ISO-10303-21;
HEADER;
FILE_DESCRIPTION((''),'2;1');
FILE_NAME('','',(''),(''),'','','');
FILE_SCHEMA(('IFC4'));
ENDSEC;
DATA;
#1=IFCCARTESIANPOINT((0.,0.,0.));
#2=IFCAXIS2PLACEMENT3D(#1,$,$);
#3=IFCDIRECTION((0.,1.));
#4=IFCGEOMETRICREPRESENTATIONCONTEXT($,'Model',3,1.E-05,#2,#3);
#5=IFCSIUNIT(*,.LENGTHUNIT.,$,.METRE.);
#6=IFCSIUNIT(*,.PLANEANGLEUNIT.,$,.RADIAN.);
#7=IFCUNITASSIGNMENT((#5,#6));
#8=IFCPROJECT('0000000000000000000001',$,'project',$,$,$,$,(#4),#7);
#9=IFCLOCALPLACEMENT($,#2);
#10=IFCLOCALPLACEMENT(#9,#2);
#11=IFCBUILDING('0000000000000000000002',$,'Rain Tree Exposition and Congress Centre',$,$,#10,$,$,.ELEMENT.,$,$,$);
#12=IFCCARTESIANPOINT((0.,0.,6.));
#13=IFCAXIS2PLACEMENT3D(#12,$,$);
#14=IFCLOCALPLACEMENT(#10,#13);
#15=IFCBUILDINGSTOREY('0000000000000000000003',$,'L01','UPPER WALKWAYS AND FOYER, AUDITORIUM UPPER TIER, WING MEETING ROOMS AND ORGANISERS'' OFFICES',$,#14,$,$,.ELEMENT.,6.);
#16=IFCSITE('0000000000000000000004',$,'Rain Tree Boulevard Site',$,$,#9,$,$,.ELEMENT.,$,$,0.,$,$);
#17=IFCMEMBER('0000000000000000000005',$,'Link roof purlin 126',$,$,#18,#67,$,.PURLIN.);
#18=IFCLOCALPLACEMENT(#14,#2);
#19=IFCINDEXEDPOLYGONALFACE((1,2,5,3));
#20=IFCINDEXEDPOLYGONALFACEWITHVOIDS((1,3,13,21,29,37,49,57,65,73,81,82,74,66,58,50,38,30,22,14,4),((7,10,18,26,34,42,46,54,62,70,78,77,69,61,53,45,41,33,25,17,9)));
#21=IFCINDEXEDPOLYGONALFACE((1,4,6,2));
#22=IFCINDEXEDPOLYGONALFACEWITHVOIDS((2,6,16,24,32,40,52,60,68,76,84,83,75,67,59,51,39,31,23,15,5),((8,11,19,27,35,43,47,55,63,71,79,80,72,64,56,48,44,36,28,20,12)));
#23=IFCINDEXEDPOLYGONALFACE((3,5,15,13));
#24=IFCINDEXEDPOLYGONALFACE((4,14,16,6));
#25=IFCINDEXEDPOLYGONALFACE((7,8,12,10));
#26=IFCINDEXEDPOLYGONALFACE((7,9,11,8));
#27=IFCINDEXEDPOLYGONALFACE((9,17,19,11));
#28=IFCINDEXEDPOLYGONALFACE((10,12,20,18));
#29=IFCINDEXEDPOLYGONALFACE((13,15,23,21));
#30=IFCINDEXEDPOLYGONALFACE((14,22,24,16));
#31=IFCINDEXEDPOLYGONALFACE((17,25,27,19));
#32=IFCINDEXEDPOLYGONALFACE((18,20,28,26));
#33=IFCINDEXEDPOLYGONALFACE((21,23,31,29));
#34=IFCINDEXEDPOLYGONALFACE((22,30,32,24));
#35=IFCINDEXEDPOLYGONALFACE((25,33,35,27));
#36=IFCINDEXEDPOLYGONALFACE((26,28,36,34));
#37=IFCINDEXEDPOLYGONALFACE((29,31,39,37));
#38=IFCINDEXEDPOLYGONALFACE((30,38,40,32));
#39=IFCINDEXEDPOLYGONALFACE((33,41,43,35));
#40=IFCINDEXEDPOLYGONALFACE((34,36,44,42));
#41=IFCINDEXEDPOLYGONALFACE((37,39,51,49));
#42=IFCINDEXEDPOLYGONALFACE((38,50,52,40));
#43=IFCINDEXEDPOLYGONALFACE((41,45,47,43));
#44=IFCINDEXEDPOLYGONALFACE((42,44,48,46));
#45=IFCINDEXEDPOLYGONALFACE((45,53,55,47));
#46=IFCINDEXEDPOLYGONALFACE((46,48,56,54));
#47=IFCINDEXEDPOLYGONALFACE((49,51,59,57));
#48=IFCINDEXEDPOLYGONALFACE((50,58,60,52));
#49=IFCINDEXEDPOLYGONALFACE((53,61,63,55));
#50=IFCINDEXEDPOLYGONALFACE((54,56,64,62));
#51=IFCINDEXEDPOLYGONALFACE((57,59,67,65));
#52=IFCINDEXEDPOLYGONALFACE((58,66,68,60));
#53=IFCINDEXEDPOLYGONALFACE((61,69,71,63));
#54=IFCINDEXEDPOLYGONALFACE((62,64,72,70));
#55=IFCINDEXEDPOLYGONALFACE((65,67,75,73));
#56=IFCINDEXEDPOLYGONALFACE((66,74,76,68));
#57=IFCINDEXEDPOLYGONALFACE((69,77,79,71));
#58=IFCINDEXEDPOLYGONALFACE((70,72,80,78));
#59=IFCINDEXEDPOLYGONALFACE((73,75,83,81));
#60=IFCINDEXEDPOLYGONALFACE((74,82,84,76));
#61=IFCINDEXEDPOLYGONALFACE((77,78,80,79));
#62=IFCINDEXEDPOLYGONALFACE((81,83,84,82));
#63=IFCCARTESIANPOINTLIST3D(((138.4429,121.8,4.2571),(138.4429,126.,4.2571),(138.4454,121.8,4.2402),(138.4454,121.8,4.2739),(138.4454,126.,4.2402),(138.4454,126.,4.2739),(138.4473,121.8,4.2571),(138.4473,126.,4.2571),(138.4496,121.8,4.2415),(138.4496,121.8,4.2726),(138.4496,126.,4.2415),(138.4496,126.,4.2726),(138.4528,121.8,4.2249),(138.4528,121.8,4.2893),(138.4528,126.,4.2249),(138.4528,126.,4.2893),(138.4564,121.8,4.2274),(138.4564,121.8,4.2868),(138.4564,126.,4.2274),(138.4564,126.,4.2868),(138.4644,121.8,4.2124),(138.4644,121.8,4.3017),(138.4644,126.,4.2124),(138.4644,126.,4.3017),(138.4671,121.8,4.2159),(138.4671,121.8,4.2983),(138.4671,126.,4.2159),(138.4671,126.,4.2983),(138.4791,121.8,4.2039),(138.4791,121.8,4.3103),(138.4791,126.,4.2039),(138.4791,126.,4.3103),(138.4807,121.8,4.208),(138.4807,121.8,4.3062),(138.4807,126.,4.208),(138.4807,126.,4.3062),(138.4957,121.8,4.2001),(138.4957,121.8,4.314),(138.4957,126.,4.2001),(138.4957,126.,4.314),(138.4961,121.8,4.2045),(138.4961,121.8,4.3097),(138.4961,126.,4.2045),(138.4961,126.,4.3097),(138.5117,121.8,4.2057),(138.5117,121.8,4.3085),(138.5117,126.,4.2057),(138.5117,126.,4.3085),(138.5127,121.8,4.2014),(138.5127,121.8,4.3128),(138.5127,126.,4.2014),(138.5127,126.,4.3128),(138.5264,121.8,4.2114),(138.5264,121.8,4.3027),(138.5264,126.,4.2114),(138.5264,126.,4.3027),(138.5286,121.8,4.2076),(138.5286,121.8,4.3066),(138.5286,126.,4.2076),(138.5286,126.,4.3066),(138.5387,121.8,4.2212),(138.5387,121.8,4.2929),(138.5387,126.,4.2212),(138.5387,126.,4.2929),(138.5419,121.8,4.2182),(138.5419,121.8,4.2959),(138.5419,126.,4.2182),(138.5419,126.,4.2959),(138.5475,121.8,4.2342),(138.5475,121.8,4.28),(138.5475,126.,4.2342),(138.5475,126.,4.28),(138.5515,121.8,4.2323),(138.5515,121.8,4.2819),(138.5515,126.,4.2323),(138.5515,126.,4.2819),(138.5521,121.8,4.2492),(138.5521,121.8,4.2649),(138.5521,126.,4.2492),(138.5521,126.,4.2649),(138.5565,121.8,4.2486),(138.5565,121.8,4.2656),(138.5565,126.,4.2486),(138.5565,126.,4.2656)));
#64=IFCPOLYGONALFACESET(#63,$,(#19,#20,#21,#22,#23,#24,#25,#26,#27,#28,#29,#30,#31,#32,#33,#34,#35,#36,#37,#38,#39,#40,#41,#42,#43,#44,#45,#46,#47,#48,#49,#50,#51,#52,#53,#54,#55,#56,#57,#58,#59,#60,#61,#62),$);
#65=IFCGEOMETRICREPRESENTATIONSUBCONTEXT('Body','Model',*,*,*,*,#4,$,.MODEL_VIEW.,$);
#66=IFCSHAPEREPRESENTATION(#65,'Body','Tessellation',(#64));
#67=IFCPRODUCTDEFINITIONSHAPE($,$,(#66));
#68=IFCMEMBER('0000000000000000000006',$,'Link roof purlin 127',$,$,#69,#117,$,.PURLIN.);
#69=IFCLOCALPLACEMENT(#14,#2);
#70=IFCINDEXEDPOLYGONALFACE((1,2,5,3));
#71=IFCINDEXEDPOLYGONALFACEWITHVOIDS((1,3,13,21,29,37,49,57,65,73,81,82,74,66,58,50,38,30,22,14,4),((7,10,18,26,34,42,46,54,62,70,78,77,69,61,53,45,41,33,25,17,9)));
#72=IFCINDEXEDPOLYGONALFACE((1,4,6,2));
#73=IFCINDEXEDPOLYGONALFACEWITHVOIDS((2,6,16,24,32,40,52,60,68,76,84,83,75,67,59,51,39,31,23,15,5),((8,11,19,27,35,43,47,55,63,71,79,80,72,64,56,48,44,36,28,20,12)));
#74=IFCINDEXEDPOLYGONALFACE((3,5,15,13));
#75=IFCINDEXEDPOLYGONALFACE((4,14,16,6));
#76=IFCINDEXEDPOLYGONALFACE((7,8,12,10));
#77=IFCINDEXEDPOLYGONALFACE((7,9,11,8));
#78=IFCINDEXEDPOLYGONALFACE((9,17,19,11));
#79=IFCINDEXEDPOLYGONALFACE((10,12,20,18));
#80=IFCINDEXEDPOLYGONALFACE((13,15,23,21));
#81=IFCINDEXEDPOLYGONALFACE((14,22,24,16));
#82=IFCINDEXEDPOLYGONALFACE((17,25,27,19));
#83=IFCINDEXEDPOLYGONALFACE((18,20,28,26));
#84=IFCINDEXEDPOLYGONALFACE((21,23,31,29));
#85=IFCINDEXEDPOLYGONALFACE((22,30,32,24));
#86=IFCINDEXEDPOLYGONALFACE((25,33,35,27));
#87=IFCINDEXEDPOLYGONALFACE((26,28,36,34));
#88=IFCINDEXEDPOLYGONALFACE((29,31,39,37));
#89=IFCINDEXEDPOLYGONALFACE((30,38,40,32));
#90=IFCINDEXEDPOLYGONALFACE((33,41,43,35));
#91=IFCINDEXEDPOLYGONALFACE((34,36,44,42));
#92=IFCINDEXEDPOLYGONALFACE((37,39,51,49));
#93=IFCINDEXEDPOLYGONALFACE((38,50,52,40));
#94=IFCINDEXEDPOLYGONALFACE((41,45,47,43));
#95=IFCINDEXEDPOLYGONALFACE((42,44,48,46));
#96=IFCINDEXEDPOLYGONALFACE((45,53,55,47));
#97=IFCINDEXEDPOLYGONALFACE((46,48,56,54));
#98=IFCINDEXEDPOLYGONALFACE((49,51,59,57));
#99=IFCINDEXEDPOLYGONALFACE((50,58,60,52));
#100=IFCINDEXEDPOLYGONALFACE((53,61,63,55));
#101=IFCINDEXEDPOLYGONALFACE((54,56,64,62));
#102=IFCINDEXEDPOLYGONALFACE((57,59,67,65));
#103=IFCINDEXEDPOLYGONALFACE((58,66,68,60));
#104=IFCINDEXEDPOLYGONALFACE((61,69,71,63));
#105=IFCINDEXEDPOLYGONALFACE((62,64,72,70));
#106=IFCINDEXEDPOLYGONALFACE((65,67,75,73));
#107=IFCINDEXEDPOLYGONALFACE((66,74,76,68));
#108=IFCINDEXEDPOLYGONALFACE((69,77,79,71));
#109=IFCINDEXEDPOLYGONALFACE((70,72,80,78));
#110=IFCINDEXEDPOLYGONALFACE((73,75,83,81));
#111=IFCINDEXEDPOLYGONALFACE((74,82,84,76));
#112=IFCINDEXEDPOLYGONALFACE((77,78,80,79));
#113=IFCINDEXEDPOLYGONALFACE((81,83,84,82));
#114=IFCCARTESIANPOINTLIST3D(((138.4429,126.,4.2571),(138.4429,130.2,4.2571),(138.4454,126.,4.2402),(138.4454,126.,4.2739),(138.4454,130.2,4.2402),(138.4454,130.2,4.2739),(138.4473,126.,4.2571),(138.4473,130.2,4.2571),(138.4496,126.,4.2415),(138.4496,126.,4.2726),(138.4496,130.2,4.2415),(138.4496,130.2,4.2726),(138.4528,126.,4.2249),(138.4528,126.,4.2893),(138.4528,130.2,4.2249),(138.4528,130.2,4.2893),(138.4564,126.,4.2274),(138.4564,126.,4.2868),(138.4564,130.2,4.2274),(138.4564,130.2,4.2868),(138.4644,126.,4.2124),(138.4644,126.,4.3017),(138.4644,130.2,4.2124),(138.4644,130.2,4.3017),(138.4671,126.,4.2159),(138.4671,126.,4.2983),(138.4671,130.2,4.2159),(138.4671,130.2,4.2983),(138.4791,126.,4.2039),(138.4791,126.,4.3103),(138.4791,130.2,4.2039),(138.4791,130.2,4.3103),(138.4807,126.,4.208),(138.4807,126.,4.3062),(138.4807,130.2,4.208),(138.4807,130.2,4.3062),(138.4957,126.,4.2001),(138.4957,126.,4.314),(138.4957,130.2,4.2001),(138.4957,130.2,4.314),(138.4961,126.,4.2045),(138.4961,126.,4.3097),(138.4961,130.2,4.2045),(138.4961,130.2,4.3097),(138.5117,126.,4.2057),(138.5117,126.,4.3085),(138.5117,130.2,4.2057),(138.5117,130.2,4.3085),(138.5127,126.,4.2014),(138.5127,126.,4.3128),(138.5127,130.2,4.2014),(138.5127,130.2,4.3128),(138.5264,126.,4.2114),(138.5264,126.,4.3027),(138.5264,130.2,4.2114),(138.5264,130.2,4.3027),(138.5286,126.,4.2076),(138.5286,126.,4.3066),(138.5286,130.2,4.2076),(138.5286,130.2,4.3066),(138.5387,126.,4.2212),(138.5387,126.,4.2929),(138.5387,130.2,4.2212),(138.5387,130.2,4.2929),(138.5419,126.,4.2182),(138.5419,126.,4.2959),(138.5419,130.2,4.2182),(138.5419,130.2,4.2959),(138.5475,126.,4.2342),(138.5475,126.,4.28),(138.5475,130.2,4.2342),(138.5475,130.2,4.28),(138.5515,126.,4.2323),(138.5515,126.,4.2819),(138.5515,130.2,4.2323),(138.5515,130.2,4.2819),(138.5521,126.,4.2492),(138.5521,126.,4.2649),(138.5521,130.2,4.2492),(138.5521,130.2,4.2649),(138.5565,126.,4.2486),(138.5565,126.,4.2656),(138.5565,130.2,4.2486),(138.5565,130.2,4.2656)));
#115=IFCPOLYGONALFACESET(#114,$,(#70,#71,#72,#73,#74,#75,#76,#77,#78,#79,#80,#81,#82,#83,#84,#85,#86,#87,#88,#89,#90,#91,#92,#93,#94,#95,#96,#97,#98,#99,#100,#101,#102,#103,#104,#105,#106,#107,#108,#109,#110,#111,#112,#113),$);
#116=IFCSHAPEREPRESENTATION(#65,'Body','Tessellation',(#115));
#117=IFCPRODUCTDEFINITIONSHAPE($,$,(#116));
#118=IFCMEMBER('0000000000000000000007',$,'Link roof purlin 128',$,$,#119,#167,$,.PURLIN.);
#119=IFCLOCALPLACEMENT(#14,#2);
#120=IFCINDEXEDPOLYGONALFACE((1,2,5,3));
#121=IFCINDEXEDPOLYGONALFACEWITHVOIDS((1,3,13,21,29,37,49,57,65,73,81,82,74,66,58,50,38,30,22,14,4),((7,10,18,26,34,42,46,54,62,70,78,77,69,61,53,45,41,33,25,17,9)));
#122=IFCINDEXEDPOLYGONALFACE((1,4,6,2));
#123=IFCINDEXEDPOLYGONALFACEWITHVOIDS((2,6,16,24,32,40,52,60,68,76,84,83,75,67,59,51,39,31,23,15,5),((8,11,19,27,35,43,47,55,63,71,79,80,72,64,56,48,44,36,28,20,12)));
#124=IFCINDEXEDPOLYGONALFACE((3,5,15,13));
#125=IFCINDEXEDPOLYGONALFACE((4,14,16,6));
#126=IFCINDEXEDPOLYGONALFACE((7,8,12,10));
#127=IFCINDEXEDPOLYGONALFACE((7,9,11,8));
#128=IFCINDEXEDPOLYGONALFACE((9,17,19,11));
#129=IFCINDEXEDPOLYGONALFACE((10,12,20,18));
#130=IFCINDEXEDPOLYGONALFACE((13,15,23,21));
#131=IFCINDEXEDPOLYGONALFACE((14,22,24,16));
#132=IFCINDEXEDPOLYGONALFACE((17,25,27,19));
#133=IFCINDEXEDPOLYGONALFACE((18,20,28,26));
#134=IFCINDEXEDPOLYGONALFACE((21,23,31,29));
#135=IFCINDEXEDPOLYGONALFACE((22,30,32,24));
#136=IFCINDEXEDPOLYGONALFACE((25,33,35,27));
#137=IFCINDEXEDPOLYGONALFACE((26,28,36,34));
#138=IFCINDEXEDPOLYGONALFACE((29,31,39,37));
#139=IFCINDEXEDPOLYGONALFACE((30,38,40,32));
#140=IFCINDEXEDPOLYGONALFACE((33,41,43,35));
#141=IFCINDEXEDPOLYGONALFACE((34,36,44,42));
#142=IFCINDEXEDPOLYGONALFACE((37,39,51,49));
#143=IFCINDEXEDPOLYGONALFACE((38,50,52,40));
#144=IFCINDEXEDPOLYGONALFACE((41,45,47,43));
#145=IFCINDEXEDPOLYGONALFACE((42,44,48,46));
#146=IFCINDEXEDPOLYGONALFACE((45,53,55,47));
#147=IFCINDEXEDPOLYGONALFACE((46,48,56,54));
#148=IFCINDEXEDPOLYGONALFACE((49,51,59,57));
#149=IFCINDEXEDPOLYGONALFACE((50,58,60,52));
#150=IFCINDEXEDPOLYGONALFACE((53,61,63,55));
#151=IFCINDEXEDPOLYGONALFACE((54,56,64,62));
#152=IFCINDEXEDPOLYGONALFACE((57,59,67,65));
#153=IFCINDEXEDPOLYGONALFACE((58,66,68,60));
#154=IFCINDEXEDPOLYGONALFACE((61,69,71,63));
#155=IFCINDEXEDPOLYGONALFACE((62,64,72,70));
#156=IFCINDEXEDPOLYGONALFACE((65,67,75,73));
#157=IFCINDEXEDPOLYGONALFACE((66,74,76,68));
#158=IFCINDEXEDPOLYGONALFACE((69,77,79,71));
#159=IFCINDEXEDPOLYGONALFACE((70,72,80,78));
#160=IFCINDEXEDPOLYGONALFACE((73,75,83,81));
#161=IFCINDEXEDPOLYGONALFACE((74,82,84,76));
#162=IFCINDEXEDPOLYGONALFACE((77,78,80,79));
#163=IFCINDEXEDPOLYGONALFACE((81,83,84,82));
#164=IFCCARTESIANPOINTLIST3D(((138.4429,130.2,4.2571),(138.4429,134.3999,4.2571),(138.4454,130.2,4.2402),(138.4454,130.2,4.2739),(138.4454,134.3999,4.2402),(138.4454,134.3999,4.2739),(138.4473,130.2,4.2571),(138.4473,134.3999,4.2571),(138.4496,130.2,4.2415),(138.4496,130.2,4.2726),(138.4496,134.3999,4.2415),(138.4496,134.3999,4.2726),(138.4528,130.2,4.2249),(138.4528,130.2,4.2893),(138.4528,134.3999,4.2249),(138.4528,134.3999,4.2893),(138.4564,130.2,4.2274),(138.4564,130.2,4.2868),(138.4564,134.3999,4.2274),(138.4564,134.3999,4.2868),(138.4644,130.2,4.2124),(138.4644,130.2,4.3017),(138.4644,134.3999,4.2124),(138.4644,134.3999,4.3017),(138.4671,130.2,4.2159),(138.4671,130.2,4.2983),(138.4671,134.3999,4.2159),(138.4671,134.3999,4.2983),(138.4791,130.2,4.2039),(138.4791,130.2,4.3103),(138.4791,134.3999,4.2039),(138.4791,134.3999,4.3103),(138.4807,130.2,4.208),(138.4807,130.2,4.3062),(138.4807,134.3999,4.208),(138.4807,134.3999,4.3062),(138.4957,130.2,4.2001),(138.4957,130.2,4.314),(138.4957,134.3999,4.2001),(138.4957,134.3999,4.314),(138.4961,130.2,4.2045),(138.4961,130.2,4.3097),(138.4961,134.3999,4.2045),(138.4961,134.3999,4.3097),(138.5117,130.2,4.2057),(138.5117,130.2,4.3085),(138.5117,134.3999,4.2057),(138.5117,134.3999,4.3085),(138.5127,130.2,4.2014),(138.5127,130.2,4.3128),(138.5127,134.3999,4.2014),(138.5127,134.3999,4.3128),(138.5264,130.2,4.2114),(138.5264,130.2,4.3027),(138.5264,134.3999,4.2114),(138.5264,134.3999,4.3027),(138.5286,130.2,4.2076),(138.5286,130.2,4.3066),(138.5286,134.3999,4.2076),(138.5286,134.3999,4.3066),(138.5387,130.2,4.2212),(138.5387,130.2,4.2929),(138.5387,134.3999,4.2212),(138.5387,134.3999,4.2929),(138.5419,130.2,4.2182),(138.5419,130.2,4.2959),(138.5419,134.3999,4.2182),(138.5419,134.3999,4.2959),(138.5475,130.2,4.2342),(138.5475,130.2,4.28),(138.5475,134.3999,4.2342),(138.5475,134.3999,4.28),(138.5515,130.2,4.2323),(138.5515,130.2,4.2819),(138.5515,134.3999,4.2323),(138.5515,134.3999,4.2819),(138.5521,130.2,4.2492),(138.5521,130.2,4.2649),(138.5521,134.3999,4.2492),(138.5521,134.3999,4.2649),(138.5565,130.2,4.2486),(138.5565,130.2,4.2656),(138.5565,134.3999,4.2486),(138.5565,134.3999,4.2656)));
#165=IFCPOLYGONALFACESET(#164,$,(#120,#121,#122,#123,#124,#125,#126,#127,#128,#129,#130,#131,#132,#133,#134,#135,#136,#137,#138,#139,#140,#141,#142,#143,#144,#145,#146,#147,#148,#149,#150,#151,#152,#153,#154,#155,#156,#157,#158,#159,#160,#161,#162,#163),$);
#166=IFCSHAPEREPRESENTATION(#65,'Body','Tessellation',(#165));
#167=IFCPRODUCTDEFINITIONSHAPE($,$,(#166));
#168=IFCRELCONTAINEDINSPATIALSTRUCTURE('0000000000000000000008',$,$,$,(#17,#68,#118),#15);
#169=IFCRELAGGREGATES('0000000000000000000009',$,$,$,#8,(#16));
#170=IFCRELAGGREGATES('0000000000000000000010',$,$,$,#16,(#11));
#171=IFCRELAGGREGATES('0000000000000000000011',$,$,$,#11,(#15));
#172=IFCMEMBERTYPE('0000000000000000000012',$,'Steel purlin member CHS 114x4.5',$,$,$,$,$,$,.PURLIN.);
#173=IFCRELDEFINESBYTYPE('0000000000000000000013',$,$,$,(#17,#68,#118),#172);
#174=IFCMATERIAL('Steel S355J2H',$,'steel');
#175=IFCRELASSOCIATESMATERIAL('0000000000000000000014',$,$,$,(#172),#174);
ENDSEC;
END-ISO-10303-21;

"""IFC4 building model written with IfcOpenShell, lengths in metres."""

from ifc_helpers import new_model, si_unit, direction, frame, origin, origin_2d, place, context, subcontext, project, spatial, hollow_circle, extrude, material, material_profile, profile_set, type_object, element, save


model = new_model("IFC4")

# Units and contexts
model_context = context("Model", 3, precision=1e-05, world=origin(), true_north=direction((0.0, 1.0)))
body_context = subcontext(model_context, "Body", "Model", "MODEL_VIEW")
ifc_project = project(units=[si_unit("LENGTHUNIT", "METRE"), si_unit("PLANEANGLEUNIT", "RADIAN")], contexts=[model_context])

# Site, building, storey
site_placement = place(None, origin())
site = spatial("IfcSite", under=ifc_project, at=site_placement, Name="Rain Tree Boulevard Site", CompositionType="ELEMENT", RefElevation=0.0)
building_placement = place(site_placement, origin())
building = spatial("IfcBuilding", under=site, at=building_placement, Name="Rain Tree Exposition and Congress Centre", CompositionType="ELEMENT")
storey_placement = place(building_placement, frame((0.0, 0.0, 6.0)))
storey = spatial("IfcBuildingStorey", under=building, at=storey_placement, Name="L01", Description="UPPER WALKWAYS AND FOYER, AUDITORIUM UPPER TIER, WING MEETING ROOMS AND ORGANISERS' OFFICES", CompositionType="ELEMENT", Elevation=6.0)

# Members
ifc_material = material(Name="Steel S355J2H", Category="steel")
ifc_material_profile = material_profile(ifc_material, hollow_circle(Radius=0.0571, WallThickness=0.0044, at=origin_2d()), Name="CHS 114x4.5")
ifc_profile_set = profile_set([ifc_material_profile], Name="Steel S355J2H")
member_type = type_object("IfcMemberType", Name="Steel purlin member CHS 114x4.5", PredefinedType="PURLIN", material=ifc_profile_set)
for number, where, z_axis, x_axis, name in (
    (1, (138.5, 121.8, 4.2571), (0.0, 1.0, 0.0), (-1.0, 0.0, 0.0), "Link roof purlin 126"),
    (2, (138.5, 126.0, 4.2571), (0.0, 1.0, 0.0), (-1.0, 0.0, 0.0), "Link roof purlin 127"),
    (3, (138.5, 130.2, 4.2571), (0.0, 1.0, 0.0), (-1.0, 0.0, 0.0), "Link roof purlin 128"),
):
    element("IfcMember", number, at=place(storey_placement, frame(where, z_axis=z_axis, x_axis=x_axis)), inside=storey, type_object=member_type, Name=name, PredefinedType="PURLIN", context=body_context, shape_type="SweptSolid", body=[
        extrude(hollow_circle(Radius=0.0571, WallThickness=0.0044, at=origin_2d()), origin(), (0.0, 0.0, 1.0), 4.2),
    ])

save(model, "model.ifc")
